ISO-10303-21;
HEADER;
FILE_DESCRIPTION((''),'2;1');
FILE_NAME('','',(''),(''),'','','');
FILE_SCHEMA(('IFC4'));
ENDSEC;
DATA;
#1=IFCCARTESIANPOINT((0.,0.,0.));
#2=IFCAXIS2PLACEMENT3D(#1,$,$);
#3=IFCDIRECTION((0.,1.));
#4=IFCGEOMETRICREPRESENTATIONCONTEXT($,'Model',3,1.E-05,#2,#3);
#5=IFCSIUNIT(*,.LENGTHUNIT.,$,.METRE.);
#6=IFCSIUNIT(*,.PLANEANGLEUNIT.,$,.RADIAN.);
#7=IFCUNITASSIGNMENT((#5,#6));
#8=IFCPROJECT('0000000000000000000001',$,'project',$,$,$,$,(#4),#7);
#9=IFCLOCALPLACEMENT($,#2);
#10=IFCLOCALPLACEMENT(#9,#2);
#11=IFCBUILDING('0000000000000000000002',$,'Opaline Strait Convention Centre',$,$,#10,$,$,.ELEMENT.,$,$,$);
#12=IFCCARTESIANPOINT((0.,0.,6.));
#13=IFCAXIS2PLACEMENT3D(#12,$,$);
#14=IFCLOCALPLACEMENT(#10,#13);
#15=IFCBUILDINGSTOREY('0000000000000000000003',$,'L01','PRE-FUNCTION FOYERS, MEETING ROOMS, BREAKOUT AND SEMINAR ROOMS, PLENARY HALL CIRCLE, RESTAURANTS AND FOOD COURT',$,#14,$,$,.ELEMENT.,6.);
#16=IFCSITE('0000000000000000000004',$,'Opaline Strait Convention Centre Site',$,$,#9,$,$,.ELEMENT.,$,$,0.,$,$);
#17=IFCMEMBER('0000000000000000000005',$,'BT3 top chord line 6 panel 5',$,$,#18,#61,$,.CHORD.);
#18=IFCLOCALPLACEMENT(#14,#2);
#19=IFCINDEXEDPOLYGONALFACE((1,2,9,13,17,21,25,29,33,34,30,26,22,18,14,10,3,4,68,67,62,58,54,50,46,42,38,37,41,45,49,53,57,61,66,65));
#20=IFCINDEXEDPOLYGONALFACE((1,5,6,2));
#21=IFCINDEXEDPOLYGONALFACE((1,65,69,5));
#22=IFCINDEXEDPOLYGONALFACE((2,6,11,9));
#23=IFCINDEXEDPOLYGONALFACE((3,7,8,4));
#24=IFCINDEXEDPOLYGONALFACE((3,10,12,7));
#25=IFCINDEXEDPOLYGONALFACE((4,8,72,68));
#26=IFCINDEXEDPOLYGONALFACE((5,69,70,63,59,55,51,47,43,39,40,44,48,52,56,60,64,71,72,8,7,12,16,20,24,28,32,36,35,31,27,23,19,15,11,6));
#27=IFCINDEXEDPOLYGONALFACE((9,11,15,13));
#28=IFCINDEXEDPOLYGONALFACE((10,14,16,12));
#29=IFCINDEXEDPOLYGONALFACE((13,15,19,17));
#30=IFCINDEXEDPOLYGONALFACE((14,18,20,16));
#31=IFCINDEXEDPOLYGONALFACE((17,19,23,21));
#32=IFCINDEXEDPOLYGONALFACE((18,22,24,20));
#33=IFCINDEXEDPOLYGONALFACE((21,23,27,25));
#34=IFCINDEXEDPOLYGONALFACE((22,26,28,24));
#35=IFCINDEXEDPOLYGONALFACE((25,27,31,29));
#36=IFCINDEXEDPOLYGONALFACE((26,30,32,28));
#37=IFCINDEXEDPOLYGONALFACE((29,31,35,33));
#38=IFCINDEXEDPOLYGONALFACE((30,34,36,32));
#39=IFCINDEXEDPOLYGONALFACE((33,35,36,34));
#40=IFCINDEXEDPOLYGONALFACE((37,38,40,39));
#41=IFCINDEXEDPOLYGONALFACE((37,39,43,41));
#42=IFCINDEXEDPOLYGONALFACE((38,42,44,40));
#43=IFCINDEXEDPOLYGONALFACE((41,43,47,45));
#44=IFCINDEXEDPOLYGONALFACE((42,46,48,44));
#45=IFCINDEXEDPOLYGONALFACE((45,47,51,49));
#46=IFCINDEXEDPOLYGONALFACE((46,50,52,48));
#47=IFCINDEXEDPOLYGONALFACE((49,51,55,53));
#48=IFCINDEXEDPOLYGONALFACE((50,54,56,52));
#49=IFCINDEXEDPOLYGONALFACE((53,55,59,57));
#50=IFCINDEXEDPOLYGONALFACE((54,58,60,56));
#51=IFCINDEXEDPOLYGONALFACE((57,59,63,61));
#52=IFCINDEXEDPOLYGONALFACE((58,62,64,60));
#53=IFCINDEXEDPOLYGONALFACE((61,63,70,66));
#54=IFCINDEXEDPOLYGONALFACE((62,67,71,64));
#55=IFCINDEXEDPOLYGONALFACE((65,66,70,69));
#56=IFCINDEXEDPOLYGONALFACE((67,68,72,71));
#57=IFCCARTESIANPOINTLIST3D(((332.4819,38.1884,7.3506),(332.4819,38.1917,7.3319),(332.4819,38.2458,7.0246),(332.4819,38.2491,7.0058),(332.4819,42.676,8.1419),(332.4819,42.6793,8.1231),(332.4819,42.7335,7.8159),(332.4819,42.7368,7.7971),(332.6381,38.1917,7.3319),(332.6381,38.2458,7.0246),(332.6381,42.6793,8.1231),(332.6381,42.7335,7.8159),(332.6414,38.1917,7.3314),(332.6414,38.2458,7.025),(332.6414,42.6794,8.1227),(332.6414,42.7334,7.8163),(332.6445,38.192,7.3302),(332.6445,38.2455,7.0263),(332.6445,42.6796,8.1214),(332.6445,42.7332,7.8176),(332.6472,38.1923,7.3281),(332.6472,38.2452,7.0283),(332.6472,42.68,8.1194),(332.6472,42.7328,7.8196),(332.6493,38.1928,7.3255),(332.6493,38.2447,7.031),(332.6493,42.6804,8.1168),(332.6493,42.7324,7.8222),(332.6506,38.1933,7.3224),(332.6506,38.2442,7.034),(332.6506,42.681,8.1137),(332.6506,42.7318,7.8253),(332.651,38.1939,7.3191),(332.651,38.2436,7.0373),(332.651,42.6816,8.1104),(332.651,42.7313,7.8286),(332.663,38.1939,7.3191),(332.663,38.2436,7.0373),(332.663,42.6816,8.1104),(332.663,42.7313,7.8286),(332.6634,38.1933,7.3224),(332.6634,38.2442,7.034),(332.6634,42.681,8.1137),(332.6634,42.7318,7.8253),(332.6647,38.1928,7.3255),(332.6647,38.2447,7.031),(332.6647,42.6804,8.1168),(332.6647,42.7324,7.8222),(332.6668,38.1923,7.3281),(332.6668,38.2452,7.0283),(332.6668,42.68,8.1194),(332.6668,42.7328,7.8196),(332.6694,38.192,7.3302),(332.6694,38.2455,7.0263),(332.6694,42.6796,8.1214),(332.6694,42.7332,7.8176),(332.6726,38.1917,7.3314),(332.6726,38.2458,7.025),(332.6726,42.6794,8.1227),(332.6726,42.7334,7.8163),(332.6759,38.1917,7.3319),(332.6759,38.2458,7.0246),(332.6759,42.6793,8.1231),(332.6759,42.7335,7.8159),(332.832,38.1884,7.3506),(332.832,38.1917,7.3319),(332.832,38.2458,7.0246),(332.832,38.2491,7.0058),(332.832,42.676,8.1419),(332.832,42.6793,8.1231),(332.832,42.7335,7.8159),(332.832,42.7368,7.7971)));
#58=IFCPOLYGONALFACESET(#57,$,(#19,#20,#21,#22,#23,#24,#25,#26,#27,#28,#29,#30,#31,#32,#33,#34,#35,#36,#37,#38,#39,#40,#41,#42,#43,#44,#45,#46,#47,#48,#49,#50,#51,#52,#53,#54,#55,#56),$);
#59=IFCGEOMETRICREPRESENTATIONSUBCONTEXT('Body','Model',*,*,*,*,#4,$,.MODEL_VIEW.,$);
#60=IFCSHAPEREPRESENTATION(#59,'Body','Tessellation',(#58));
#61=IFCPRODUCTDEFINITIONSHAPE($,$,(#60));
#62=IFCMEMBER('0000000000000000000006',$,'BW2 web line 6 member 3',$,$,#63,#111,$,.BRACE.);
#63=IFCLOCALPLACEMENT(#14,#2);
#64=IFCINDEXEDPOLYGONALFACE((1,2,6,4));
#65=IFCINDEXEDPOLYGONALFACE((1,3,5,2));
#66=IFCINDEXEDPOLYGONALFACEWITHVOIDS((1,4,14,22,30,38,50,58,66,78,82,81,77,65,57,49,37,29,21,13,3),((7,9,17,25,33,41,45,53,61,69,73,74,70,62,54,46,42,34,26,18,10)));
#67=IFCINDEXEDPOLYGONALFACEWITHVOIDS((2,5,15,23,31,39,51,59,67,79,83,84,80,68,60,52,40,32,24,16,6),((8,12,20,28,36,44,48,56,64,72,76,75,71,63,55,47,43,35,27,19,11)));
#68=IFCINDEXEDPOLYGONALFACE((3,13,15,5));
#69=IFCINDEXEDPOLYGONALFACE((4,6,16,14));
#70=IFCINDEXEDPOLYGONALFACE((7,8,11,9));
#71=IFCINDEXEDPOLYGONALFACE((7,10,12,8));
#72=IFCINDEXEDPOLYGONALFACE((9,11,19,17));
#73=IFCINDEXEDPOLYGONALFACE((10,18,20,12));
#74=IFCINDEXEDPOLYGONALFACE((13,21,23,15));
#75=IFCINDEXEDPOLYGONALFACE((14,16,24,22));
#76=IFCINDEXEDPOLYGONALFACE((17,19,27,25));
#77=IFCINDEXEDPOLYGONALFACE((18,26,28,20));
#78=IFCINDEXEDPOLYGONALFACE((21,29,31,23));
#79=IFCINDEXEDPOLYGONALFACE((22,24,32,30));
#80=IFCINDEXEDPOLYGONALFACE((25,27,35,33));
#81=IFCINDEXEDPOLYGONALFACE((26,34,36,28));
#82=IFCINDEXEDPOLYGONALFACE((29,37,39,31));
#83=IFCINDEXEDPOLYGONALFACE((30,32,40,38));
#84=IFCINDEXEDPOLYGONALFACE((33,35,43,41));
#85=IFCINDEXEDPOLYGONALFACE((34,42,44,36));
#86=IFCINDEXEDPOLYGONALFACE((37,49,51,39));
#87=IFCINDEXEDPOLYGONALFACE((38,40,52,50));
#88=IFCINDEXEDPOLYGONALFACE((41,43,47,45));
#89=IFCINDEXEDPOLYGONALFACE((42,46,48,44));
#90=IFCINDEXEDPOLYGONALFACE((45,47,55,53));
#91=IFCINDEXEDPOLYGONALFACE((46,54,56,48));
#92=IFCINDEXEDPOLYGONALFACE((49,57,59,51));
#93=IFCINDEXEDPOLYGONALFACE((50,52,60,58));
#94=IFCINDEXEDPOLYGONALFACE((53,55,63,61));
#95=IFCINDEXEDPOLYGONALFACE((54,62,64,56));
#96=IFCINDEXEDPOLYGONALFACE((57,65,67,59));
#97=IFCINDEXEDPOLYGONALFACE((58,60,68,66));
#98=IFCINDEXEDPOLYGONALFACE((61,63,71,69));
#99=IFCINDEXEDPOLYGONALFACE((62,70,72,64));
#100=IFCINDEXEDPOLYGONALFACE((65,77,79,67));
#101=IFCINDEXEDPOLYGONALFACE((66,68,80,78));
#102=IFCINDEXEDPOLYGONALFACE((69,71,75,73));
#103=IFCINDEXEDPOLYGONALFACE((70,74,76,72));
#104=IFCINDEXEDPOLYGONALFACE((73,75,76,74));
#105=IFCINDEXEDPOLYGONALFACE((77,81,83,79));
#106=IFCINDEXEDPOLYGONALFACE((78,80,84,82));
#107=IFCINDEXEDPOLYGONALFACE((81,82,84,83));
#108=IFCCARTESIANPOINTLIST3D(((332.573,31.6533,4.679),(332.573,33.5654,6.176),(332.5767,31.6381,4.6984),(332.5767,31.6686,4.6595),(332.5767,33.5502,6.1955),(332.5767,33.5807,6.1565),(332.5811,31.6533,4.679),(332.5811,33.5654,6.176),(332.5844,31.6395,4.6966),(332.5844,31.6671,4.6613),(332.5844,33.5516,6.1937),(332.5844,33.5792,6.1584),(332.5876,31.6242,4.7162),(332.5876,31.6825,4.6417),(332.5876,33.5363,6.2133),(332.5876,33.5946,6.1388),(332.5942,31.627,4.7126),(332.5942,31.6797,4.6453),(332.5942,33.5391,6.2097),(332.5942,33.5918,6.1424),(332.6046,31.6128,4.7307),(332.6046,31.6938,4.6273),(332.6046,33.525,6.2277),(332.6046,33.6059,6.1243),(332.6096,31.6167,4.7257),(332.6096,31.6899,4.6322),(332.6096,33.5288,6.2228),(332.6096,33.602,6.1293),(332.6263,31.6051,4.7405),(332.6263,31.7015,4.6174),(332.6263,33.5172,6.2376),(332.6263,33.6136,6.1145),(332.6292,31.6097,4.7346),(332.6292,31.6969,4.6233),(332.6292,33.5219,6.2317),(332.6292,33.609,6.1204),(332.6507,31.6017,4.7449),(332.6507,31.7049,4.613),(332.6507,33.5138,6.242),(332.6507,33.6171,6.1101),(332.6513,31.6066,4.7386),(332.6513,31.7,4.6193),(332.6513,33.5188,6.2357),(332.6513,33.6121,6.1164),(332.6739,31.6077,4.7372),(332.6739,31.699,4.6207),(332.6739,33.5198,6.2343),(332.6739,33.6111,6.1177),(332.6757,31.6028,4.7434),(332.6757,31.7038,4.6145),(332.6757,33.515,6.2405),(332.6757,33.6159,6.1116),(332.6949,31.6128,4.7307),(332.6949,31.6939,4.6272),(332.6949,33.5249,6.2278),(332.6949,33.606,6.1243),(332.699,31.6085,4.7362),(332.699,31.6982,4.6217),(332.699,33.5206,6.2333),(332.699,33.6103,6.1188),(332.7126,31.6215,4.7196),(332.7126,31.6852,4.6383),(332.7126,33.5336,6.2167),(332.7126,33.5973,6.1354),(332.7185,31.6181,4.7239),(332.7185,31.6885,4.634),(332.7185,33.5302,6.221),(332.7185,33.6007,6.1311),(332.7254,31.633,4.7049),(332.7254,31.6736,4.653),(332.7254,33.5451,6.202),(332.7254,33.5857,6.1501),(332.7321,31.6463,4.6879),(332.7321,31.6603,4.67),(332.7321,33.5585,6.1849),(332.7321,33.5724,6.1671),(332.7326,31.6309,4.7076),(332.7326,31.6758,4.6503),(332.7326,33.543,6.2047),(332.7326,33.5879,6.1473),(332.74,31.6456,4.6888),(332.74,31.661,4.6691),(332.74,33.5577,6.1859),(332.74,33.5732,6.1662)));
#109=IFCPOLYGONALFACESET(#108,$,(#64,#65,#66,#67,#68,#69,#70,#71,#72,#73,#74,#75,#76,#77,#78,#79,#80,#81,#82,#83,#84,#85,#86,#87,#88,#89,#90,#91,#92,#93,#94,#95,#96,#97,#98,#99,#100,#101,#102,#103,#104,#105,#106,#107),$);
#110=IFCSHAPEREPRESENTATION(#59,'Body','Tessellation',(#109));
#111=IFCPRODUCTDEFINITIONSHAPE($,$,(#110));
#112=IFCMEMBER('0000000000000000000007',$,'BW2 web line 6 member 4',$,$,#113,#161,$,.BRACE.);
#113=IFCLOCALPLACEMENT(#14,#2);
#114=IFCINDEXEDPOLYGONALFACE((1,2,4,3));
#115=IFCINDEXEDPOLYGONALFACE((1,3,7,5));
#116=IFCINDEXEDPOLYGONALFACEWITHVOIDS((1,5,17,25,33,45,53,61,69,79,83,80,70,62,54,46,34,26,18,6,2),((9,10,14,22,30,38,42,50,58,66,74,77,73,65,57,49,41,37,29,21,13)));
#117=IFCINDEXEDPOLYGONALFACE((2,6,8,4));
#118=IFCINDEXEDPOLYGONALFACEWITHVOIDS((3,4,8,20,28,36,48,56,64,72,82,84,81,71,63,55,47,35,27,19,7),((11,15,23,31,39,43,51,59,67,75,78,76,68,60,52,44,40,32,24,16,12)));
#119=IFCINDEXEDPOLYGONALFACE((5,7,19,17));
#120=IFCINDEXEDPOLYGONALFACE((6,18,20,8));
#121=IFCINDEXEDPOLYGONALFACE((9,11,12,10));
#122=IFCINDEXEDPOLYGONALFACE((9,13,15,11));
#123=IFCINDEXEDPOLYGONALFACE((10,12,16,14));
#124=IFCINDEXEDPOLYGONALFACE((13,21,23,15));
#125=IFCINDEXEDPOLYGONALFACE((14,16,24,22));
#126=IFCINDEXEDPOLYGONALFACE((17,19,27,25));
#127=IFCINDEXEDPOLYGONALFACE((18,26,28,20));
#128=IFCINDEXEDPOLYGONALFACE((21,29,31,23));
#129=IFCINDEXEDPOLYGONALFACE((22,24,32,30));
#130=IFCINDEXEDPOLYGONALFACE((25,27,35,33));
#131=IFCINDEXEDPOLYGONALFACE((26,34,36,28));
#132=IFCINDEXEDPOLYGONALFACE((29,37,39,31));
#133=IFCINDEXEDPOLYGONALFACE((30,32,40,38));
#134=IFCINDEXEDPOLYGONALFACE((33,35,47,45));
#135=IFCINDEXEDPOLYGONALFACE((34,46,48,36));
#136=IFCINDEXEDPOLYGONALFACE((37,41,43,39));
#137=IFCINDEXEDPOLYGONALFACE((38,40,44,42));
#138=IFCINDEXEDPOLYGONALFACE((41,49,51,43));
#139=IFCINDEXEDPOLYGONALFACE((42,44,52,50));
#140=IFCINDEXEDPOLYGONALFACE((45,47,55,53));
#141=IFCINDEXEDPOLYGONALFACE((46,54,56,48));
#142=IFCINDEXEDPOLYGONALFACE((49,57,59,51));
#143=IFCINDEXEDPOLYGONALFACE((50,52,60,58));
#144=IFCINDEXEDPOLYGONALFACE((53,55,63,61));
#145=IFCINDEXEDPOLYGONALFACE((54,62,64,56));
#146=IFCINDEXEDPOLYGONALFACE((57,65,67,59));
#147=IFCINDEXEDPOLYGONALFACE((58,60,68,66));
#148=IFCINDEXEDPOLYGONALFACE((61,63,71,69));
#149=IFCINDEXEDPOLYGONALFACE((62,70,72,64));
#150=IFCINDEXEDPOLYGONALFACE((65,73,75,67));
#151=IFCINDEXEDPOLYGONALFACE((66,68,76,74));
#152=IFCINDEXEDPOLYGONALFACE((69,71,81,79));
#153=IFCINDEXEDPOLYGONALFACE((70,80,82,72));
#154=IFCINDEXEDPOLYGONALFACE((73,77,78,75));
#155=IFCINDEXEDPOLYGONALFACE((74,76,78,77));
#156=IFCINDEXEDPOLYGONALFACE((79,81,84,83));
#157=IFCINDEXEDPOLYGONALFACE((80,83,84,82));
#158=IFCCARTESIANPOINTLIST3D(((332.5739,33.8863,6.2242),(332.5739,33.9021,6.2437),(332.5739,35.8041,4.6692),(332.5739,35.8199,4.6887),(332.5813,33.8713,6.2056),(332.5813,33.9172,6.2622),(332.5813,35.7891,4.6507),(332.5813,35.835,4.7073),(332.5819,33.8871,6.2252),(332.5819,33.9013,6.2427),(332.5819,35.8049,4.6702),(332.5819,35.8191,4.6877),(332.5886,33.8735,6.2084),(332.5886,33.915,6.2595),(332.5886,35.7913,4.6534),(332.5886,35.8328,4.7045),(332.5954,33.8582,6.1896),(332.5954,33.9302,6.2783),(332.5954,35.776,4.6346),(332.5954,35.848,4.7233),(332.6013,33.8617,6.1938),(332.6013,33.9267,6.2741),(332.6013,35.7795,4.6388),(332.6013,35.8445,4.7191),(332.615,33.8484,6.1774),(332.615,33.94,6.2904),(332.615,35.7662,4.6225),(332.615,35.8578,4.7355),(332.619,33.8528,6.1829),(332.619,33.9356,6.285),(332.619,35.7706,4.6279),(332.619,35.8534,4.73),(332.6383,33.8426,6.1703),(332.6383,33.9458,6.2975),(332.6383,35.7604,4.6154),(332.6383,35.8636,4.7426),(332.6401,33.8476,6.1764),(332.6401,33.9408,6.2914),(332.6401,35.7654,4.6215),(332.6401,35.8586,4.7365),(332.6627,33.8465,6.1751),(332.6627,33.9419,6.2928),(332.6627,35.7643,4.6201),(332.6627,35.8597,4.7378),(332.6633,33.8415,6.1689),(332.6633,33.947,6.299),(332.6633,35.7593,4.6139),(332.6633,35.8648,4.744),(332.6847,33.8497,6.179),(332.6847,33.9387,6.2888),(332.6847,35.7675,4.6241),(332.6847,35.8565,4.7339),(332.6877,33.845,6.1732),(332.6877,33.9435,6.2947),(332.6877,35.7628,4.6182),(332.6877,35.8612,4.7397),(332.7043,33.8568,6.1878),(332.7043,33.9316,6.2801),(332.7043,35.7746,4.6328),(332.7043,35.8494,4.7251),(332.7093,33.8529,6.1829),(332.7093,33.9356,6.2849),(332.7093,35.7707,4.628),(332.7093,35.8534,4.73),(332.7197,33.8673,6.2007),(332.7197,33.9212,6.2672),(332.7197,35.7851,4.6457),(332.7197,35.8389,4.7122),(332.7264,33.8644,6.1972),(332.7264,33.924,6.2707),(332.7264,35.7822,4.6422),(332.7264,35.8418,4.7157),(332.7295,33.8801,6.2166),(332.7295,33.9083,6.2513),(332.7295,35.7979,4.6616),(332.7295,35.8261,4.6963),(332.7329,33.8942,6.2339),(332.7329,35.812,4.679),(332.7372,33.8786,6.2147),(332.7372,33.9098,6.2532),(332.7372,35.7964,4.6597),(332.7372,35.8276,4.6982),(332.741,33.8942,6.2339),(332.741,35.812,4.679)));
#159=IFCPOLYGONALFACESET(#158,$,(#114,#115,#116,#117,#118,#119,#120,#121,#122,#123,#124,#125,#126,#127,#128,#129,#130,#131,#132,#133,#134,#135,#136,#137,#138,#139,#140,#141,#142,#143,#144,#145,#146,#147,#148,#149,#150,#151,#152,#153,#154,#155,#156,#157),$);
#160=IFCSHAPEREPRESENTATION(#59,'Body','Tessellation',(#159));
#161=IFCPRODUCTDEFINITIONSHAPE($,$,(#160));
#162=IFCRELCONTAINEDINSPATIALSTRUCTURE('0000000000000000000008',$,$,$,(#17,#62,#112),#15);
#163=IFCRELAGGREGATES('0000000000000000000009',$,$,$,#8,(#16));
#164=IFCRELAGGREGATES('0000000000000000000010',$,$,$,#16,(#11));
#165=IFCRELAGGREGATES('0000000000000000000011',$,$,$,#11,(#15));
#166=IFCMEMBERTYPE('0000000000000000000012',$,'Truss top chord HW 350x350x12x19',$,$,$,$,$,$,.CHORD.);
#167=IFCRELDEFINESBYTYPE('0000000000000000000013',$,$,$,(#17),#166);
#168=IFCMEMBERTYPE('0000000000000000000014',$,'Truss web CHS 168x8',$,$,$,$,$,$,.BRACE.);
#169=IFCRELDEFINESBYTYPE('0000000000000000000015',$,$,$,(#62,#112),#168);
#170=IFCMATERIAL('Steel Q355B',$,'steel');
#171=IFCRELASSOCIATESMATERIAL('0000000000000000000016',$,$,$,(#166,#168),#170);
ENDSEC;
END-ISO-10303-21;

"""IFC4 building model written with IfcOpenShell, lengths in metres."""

from ifc_helpers import new_model, si_unit, direction, frame, origin, origin_2d, place, context, subcontext, project, spatial, hollow_circle, i_section, extrude, material, material_profile, profile_set, type_object, element, save


model = new_model("IFC4")

# Units and contexts
model_context = context("Model", 3, precision=1e-05, world=origin(), true_north=direction((0.0, 1.0)))
body_context = subcontext(model_context, "Body", "Model", "MODEL_VIEW")
ifc_project = project(units=[si_unit("LENGTHUNIT", "METRE"), si_unit("PLANEANGLEUNIT", "RADIAN")], contexts=[model_context])

# Site, building, storey
site_placement = place(None, origin())
site = spatial("IfcSite", under=ifc_project, at=site_placement, Name="Opaline Strait Convention Centre Site", CompositionType="ELEMENT", RefElevation=0.0)
building_placement = place(site_placement, origin())
building = spatial("IfcBuilding", under=site, at=building_placement, Name="Opaline Strait Convention Centre", CompositionType="ELEMENT")
storey_placement = place(building_placement, frame((0.0, 0.0, 6.0)))
storey = spatial("IfcBuildingStorey", under=building, at=storey_placement, Name="L01", Description="PRE-FUNCTION FOYERS, MEETING ROOMS, BREAKOUT AND SEMINAR ROOMS, PLENARY HALL CIRCLE, RESTAURANTS AND FOOD COURT", CompositionType="ELEMENT", Elevation=6.0)

# Members
ifc_material_1 = material(Name="Steel Q355B", Category="steel")
ifc_material_profile_1 = material_profile(ifc_material_1, i_section(OverallWidth=0.3501, OverallDepth=0.3501, WebThickness=0.012, FlangeThickness=0.019, FilletRadius=0.0129, at=origin_2d()), Name="HW 350x350x12x19")
ifc_profile_set_1 = profile_set([ifc_material_profile_1], Name="Steel Q355B")
member_type_1 = type_object("IfcMemberType", Name="Truss top chord HW 350x350x12x19", PredefinedType="CHORD", material=ifc_profile_set_1)
for number, where, z_axis, x_axis, name in (
    (1, (332.657, 38.2188, 7.1782), (0.0, 0.984808, 0.173645), (-1.0, 0.0, 0.0), "BT3 top chord line 6 panel 5"),
):
    element("IfcMember", number, at=place(storey_placement, frame(where, z_axis=z_axis, x_axis=x_axis)), inside=storey, type_object=member_type_1, Name=name, PredefinedType="CHORD", context=body_context, shape_type="SweptSolid", body=[
        extrude(i_section(OverallWidth=0.3501, OverallDepth=0.3501, WebThickness=0.012, FlangeThickness=0.019, FilletRadius=0.0129, at=origin_2d()), origin(), (0.0, 0.0, 1.0), 4.5569),
    ])
ifc_material_profile_2 = material_profile(ifc_material_1, hollow_circle(Radius=0.084, WallThickness=0.0081, at=origin_2d()), Name="CHS 168x8")
ifc_profile_set_2 = profile_set([ifc_material_profile_2], Name="Steel Q355B")
member_type_2 = type_object("IfcMemberType", Name="Truss web CHS 168x8", PredefinedType="BRACE", material=ifc_profile_set_2)
member_1_placement = place(storey_placement, frame((332.657, 31.6533, 4.679), z_axis=(0.0, 0.787378, 0.616471), x_axis=(-1.0, 0.0, 0.0)))
element("IfcMember", 2, at=member_1_placement, inside=storey, type_object=member_type_2, Name="BW2 web line 6 member 3", PredefinedType="BRACE", context=body_context, shape_type="SweptSolid", body=[
    extrude(hollow_circle(Radius=0.084, WallThickness=0.0081, at=origin_2d()), origin(), (0.0, 0.0, 1.0), 2.4285),
])
member_2_placement = place(storey_placement, frame((332.657, 35.812, 4.679), z_axis=(0.0, -0.776752, 0.629807), x_axis=(1.0, 0.0, 0.0)))
element("IfcMember", 3, at=member_2_placement, inside=storey, type_object=member_type_2, Name="BW2 web line 6 member 4", PredefinedType="BRACE", context=body_context, shape_type="SweptSolid", body=[
    extrude(hollow_circle(Radius=0.084, WallThickness=0.0081, at=origin_2d()), origin(), (0.0, 0.0, 1.0), 2.469),
])

save(model, "model.ifc")
